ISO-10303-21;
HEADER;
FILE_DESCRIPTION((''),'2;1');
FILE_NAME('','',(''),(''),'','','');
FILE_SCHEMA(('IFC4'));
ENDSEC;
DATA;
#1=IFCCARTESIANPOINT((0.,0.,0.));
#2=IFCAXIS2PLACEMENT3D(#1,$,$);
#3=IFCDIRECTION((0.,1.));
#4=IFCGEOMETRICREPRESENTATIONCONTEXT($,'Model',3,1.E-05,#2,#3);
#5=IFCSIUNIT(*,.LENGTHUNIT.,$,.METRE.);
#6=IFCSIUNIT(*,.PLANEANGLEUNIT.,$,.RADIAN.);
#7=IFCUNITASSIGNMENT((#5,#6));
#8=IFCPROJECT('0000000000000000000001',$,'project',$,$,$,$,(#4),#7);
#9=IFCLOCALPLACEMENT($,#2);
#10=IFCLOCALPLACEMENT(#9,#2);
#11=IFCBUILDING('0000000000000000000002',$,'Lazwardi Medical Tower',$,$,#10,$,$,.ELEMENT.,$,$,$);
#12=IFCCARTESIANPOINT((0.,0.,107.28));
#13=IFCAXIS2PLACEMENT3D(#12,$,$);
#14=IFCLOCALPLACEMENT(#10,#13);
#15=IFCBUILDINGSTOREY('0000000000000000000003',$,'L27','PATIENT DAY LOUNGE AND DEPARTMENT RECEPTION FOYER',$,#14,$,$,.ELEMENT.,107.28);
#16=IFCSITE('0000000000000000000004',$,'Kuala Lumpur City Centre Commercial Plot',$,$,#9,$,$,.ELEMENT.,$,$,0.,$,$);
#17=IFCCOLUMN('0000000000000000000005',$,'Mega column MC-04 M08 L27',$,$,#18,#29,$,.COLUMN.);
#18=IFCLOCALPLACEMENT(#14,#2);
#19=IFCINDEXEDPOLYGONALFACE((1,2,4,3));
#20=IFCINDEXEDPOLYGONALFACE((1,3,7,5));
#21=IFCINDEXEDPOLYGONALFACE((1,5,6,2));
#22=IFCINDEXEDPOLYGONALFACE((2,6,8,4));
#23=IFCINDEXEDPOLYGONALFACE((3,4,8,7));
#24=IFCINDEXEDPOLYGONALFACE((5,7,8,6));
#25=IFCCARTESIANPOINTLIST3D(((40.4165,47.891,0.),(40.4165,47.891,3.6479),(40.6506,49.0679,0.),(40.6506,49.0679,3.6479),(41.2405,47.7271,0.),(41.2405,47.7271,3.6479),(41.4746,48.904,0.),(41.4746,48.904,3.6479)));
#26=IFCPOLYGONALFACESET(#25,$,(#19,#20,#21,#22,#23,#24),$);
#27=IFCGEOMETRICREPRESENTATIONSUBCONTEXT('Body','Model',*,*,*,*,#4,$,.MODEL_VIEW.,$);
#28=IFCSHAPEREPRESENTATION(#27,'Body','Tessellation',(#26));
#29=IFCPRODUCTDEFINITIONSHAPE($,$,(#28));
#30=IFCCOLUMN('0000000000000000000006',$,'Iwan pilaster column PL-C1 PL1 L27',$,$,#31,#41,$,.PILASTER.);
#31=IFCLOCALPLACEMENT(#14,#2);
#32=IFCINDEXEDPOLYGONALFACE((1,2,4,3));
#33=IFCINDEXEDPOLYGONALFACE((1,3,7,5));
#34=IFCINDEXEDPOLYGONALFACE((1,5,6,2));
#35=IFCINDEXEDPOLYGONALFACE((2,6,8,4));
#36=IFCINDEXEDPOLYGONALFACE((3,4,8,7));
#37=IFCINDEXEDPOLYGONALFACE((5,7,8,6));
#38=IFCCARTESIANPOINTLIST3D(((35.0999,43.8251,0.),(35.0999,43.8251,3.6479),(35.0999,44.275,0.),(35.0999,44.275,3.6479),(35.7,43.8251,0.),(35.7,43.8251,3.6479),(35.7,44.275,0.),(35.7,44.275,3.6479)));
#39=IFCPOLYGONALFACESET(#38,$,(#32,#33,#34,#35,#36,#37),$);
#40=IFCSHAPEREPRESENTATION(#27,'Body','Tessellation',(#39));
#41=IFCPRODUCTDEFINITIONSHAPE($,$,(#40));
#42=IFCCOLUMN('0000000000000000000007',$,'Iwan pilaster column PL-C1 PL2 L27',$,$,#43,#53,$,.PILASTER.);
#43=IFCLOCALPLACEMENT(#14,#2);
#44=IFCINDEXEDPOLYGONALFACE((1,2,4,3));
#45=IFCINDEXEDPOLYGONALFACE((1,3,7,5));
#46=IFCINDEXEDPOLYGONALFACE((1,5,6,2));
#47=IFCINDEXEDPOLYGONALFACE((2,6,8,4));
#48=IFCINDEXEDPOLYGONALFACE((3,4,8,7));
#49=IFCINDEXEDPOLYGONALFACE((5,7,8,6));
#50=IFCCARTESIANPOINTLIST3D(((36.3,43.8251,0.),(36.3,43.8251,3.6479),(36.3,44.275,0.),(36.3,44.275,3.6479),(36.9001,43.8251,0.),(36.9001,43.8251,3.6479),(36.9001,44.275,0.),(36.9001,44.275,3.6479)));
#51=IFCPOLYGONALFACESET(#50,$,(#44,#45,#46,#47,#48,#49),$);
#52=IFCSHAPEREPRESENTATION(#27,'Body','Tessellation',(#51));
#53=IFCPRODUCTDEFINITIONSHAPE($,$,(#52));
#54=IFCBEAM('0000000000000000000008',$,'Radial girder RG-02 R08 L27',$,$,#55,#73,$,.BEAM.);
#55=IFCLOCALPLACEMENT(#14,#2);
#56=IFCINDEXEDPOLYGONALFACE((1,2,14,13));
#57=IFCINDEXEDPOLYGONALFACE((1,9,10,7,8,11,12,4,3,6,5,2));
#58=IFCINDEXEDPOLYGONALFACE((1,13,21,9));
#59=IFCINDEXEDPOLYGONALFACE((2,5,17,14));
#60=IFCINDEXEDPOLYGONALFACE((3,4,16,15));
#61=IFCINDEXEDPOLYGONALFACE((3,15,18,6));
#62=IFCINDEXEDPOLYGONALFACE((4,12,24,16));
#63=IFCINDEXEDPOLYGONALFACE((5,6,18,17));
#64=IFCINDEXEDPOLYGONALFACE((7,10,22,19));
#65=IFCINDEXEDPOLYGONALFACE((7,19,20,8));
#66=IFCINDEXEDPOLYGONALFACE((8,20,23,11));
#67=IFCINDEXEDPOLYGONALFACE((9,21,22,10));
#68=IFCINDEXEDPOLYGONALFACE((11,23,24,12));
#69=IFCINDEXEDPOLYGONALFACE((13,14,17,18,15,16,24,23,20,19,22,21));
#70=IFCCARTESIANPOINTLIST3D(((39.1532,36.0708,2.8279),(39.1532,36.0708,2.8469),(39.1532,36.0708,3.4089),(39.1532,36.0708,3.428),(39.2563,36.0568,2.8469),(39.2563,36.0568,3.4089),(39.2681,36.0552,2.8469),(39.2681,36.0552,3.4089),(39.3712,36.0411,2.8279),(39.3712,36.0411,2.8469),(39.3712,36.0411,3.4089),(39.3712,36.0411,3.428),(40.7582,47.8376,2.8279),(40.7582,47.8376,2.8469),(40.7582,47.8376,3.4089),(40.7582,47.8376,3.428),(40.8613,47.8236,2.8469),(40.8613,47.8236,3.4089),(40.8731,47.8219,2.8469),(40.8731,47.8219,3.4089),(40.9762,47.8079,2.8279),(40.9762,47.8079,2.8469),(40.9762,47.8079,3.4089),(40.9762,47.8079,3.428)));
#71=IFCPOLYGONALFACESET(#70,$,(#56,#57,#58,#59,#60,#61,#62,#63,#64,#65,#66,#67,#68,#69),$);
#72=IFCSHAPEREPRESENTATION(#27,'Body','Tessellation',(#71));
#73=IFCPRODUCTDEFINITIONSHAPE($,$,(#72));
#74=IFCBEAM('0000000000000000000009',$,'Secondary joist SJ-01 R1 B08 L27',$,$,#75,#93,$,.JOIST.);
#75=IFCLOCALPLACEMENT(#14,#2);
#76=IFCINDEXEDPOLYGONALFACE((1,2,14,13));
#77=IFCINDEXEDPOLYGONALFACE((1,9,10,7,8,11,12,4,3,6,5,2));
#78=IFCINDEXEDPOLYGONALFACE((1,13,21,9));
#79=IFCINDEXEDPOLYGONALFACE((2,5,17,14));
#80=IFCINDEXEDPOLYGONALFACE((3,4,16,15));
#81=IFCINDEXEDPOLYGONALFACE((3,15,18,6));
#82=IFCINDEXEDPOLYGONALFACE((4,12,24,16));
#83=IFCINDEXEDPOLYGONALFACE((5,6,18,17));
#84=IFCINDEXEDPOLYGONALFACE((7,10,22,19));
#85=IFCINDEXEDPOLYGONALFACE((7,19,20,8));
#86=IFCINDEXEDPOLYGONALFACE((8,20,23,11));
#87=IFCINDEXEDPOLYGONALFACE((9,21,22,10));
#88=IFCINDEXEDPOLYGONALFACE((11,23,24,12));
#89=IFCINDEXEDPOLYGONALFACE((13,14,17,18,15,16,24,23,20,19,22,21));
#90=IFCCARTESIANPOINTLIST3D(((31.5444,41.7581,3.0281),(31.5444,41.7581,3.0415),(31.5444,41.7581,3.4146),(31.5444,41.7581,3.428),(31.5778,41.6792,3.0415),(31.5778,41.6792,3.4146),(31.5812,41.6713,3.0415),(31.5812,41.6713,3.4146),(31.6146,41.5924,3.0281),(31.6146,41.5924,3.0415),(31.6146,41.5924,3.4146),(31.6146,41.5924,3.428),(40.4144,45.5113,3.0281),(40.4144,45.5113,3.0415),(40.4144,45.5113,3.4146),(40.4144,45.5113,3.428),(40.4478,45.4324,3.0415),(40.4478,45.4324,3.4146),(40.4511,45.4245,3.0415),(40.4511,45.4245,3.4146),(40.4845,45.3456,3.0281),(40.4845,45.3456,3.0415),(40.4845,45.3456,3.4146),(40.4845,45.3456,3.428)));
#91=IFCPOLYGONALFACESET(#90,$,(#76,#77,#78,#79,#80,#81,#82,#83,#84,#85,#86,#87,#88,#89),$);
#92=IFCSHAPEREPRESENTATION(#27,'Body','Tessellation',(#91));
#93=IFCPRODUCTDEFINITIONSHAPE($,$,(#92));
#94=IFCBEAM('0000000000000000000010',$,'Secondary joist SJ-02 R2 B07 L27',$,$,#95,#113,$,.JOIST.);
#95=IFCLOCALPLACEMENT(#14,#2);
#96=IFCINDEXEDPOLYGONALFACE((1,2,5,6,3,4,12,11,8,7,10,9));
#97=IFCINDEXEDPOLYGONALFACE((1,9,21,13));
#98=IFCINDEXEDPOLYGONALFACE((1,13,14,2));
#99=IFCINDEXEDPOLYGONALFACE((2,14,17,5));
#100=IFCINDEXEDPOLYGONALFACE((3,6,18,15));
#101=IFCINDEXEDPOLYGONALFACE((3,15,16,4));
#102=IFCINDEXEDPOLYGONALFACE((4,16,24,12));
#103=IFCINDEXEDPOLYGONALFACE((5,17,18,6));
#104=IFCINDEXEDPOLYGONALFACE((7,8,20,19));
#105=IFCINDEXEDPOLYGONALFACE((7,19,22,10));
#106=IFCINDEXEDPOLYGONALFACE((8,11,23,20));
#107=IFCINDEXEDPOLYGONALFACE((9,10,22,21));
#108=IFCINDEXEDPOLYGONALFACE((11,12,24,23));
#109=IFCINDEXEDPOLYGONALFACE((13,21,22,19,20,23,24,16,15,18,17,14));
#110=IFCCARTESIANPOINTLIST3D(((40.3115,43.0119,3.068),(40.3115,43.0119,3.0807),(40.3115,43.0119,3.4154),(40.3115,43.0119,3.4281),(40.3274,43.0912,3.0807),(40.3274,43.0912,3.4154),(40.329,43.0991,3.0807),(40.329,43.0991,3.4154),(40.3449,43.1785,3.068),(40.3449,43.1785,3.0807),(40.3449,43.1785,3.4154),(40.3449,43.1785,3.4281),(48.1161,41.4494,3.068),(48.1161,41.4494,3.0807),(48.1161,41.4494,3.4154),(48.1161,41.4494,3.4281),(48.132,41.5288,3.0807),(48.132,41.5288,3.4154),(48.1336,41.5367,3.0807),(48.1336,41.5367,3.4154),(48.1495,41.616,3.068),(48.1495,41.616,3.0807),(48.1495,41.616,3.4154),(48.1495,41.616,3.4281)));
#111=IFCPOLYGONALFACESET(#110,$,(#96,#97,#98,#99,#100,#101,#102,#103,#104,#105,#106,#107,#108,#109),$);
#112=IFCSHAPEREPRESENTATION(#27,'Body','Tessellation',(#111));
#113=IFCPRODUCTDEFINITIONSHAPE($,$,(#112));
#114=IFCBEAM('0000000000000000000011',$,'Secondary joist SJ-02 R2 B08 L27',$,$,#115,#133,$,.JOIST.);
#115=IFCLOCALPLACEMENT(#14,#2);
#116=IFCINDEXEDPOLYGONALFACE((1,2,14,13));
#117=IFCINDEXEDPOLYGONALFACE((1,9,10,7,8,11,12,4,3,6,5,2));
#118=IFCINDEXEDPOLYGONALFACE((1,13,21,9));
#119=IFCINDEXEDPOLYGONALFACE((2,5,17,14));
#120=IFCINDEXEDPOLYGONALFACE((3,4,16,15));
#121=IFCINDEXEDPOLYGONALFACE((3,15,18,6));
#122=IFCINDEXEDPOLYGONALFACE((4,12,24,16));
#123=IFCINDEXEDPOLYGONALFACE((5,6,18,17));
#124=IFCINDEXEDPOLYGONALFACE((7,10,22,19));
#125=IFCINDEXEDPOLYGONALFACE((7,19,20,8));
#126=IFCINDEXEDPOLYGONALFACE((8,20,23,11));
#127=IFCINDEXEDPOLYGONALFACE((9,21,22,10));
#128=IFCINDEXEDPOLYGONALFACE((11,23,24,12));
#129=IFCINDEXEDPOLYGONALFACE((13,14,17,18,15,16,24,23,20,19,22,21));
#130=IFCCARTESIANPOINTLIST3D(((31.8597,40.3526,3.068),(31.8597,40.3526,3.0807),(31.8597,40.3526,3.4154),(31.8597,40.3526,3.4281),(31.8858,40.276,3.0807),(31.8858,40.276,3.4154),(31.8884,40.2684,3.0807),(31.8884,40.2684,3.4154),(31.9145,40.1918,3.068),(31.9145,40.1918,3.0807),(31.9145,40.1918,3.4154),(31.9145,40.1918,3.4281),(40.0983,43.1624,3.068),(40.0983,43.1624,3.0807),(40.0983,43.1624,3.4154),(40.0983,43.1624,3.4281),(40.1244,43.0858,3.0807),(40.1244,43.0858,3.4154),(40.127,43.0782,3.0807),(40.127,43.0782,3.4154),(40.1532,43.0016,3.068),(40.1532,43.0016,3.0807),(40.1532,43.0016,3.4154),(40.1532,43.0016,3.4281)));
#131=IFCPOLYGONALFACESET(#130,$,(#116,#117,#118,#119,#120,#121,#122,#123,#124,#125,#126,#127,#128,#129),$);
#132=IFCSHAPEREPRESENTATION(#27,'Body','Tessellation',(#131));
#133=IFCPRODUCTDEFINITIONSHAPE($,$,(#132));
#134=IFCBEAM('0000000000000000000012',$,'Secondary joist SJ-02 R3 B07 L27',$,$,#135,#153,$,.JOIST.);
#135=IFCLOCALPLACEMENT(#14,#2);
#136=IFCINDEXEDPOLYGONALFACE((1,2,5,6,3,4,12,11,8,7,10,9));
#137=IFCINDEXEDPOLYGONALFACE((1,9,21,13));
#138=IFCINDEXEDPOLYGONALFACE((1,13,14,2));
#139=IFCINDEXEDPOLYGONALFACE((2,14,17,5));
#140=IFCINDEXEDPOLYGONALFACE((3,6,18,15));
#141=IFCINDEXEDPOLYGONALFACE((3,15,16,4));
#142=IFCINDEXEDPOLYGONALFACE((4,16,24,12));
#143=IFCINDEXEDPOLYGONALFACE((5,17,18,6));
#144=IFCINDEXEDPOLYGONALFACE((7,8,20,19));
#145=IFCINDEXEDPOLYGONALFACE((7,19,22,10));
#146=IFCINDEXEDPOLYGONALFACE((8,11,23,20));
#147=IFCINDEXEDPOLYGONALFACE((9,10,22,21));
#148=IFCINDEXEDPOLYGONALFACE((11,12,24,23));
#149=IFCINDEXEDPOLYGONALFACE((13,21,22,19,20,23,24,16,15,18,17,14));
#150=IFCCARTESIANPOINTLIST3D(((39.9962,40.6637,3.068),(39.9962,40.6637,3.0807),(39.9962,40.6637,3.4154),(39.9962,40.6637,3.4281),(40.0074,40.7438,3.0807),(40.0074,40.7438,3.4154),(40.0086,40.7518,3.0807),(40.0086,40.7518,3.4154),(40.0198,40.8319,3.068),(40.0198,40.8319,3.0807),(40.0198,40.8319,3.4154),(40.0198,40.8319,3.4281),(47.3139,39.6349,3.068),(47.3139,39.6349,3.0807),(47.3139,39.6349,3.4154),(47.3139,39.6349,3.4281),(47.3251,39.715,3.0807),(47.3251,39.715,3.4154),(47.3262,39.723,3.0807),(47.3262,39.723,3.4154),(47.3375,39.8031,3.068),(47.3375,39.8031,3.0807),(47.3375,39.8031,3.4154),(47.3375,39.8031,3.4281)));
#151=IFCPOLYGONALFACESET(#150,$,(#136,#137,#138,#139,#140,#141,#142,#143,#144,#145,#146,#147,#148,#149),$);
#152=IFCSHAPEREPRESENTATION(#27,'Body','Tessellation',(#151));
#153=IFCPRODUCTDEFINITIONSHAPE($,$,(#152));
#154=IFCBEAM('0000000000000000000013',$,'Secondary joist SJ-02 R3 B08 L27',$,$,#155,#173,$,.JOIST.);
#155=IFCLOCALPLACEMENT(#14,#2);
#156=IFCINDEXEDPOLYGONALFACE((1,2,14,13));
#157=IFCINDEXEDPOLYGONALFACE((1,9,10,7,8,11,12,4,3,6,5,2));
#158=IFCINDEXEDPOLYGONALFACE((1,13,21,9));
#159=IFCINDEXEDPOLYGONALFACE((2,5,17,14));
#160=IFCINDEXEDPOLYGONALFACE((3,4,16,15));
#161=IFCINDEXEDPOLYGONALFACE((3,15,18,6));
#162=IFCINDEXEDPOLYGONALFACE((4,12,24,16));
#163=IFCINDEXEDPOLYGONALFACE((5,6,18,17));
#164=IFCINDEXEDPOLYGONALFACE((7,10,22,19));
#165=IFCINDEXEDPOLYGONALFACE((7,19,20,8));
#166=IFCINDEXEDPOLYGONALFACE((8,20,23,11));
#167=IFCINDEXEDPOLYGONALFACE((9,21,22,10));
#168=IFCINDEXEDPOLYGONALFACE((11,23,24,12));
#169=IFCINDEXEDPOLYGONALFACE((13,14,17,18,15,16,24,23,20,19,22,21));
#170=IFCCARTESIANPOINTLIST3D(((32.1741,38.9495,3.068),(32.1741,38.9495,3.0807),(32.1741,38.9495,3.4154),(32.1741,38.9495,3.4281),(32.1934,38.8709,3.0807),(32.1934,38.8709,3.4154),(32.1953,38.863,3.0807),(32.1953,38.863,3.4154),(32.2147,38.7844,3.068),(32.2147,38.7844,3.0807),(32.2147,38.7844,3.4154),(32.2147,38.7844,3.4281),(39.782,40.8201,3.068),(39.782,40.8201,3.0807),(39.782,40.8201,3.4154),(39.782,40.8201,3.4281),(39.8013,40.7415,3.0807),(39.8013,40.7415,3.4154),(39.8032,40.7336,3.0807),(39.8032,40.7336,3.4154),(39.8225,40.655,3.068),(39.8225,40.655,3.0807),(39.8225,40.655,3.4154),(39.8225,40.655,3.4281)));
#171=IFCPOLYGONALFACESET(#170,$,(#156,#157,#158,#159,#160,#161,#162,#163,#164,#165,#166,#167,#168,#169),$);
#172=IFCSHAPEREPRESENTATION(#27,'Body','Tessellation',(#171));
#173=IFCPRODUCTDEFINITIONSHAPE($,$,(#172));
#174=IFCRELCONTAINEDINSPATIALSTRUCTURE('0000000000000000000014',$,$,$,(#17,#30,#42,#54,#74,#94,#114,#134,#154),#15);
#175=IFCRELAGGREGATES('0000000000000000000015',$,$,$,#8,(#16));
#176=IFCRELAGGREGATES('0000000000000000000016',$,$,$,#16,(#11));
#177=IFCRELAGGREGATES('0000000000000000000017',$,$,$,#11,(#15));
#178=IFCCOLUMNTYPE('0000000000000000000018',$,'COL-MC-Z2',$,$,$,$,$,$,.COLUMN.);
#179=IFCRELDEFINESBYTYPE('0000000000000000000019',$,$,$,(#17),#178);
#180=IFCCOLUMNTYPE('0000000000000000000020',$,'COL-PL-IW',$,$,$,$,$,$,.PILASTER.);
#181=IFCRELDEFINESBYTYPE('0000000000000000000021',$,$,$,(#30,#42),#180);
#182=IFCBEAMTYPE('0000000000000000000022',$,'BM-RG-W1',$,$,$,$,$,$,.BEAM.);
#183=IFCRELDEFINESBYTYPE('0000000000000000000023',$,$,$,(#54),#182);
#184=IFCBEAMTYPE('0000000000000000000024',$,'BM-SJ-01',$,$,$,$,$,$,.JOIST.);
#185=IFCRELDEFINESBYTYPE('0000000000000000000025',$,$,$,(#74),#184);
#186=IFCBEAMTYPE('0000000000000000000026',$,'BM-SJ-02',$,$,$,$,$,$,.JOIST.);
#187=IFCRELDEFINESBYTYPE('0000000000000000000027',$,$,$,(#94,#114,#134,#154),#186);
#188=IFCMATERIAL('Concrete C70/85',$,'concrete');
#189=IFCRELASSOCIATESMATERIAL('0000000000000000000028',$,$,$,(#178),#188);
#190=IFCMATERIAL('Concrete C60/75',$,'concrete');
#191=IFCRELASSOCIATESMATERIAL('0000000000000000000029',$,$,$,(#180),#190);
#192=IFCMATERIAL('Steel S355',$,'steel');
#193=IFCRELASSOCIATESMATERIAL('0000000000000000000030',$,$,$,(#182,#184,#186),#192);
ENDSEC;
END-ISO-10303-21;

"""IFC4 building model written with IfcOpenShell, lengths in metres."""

from ifc_helpers import new_model, si_unit, direction, frame, origin, origin_2d, place, context, subcontext, project, spatial, rectangle, i_section, extrude, material, material_profile, profile_set, type_object, element, save


model = new_model("IFC4")

# Units and contexts
model_context = context("Model", 3, precision=1e-05, world=origin(), true_north=direction((0.0, 1.0)))
body_context = subcontext(model_context, "Body", "Model", "MODEL_VIEW")
ifc_project = project(units=[si_unit("LENGTHUNIT", "METRE"), si_unit("PLANEANGLEUNIT", "RADIAN")], contexts=[model_context])

# Site, building, storey
site_placement = place(None, origin())
site = spatial("IfcSite", under=ifc_project, at=site_placement, Name="Kuala Lumpur City Centre Commercial Plot", CompositionType="ELEMENT", RefElevation=0.0)
building_placement = place(site_placement, origin())
building = spatial("IfcBuilding", under=site, at=building_placement, Name="Lazwardi Medical Tower", CompositionType="ELEMENT")
storey_placement = place(building_placement, frame((0.0, 0.0, 107.28)))
storey = spatial("IfcBuildingStorey", under=building, at=storey_placement, Name="L27", Description="PATIENT DAY LOUNGE AND DEPARTMENT RECEPTION FOYER", CompositionType="ELEMENT", Elevation=107.28)

# Columns
ifc_material_1 = material(Name="Concrete C70/85", Category="concrete")
ifc_material_profile_1 = material_profile(ifc_material_1, rectangle(XDim=1.2, YDim=0.8401, at=origin_2d()), Name="CFT-RECT 1200x840")
ifc_profile_set_1 = profile_set([ifc_material_profile_1], Name="Concrete C70/85")
column_type_1 = type_object("IfcColumnType", Name="COL-MC-Z2", PredefinedType="COLUMN", material=ifc_profile_set_1)
column_placement = place(storey_placement, frame((40.9456, 48.3975, 0.0), z_axis=(0.0, 0.0, 1.0), x_axis=(0.19509, 0.980785, 0.0)))
element("IfcColumn", 1, at=column_placement, inside=storey, type_object=column_type_1, Name="Mega column MC-04 M08 L27", PredefinedType="COLUMN", context=body_context, shape_type="SweptSolid", body=[
    extrude(rectangle(XDim=1.2, YDim=0.8401, at=origin_2d()), origin(), (0.0, 0.0, 1.0), 3.6479),
])
ifc_material_2 = material(Name="Concrete C60/75", Category="concrete")
ifc_material_profile_2 = material_profile(ifc_material_2, rectangle(XDim=0.6001, YDim=0.45, at=origin_2d()), Name="RC 600x450")
ifc_profile_set_2 = profile_set([ifc_material_profile_2], Name="Concrete C60/75")
column_type_2 = type_object("IfcColumnType", Name="COL-PL-IW", PredefinedType="PILASTER", material=ifc_profile_set_2)
for number, where, z_axis, x_axis, name in (
    (2, (35.3999, 44.05, 0.0), (0.0, 0.0, 1.0), (1.0, 0.0, 0.0), "Iwan pilaster column PL-C1 PL1 L27"),
    (3, (36.6001, 44.05, 0.0), (0.0, 0.0, 1.0), (1.0, 0.0, 0.0), "Iwan pilaster column PL-C1 PL2 L27"),
):
    element("IfcColumn", number, at=place(storey_placement, frame(where, z_axis=z_axis, x_axis=x_axis)), inside=storey, type_object=column_type_2, Name=name, PredefinedType="PILASTER", context=body_context, shape_type="SweptSolid", body=[
        extrude(rectangle(XDim=0.6001, YDim=0.45, at=origin_2d()), origin(), (0.0, 0.0, 1.0), 3.6479),
    ])

# Beams
ifc_material_3 = material(Name="Steel S355", Category="steel")
ifc_material_profile_3 = material_profile(ifc_material_3, i_section(OverallWidth=0.22, OverallDepth=0.6001, WebThickness=0.012, FlangeThickness=0.019, at=origin_2d()), Name="IPE 600")
ifc_profile_set_3 = profile_set([ifc_material_profile_3], Name="Steel S355")
beam_type_1 = type_object("IfcBeamType", Name="BM-RG-W1", PredefinedType="BEAM", material=ifc_profile_set_3)
beam_1_placement = place(storey_placement, frame((40.8672, 47.8228, 3.1279), z_axis=(-0.135147, -0.990826, 0.0), x_axis=(0.990826, -0.135147, 0.0)))
element("IfcBeam", 4, at=beam_1_placement, inside=storey, type_object=beam_type_1, Name="Radial girder RG-02 R08 L27", PredefinedType="BEAM", context=body_context, shape_type="SweptSolid", body=[
    extrude(i_section(OverallWidth=0.22, OverallDepth=0.6001, WebThickness=0.012, FlangeThickness=0.019, at=origin_2d()), origin(), (0.0, 0.0, 1.0), 11.8757),
])
ifc_material_profile_4 = material_profile(ifc_material_3, i_section(OverallWidth=0.1799, OverallDepth=0.3999, WebThickness=0.0085, FlangeThickness=0.0134, at=origin_2d()), Name="IPE 400")
ifc_profile_set_4 = profile_set([ifc_material_profile_4], Name="Steel S355")
beam_type_2 = type_object("IfcBeamType", Name="BM-SJ-01", PredefinedType="JOIST", material=ifc_profile_set_4)
beam_2_placement = place(storey_placement, frame((40.4495, 45.4285, 3.228), z_axis=(-0.920947, -0.389687, 0.0), x_axis=(0.389687, -0.920947, 0.0)))
element("IfcBeam", 5, at=beam_2_placement, inside=storey, type_object=beam_type_2, Name="Secondary joist SJ-01 R1 B08 L27", PredefinedType="JOIST", context=body_context, shape_type="SweptSolid", body=[
    extrude(i_section(OverallWidth=0.1799, OverallDepth=0.3999, WebThickness=0.0085, FlangeThickness=0.0134, at=origin_2d()), origin(), (0.0, 0.0, 1.0), 9.6313),
])
ifc_material_profile_5 = material_profile(ifc_material_3, i_section(OverallWidth=0.1699, OverallDepth=0.3601, WebThickness=0.0081, FlangeThickness=0.0127, at=origin_2d()), Name="IPE 360")
ifc_profile_set_5 = profile_set([ifc_material_profile_5], Name="Steel S355")
beam_type_3 = type_object("IfcBeamType", Name="BM-SJ-02", PredefinedType="JOIST", material=ifc_profile_set_5)
beam_3_placement = place(storey_placement, frame((48.1328, 41.5327, 3.248), z_axis=(-0.980543, 0.196305, 0.0), x_axis=(-0.196305, -0.980543, 0.0)))
element("IfcBeam", 6, at=beam_3_placement, inside=storey, type_object=beam_type_3, Name="Secondary joist SJ-02 R2 B07 L27", PredefinedType="JOIST", context=body_context, shape_type="SweptSolid", body=[
    extrude(i_section(OverallWidth=0.1699, OverallDepth=0.3601, WebThickness=0.0081, FlangeThickness=0.0127, at=origin_2d()), origin(), (0.0, 0.0, 1.0), 7.9595),
])
beam_4_placement = place(storey_placement, frame((40.1257, 43.082, 3.248), z_axis=(-0.946467, -0.3228, 0.0), x_axis=(0.3228, -0.946467, 0.0)))
element("IfcBeam", 7, at=beam_4_placement, inside=storey, type_object=beam_type_3, Name="Secondary joist SJ-02 R2 B08 L27", PredefinedType="JOIST", context=body_context, shape_type="SweptSolid", body=[
    extrude(i_section(OverallWidth=0.1699, OverallDepth=0.3601, WebThickness=0.0081, FlangeThickness=0.0127, at=origin_2d()), origin(), (0.0, 0.0, 1.0), 8.7046),
])
beam_5_placement = place(storey_placement, frame((47.3257, 39.719, 3.248), z_axis=(-0.990261, 0.139224, 0.0), x_axis=(-0.139224, -0.990261, 0.0)))
element("IfcBeam", 8, at=beam_5_placement, inside=storey, type_object=beam_type_3, Name="Secondary joist SJ-02 R3 B07 L27", PredefinedType="JOIST", context=body_context, shape_type="SweptSolid", body=[
    extrude(i_section(OverallWidth=0.1699, OverallDepth=0.3601, WebThickness=0.0081, FlangeThickness=0.0127, at=origin_2d()), origin(), (0.0, 0.0, 1.0), 7.3896),
])
beam_6_placement = place(storey_placement, frame((39.8022, 40.7375, 3.248), z_axis=(-0.971077, -0.238765, 0.0), x_axis=(0.238765, -0.971077, 0.0)))
element("IfcBeam", 9, at=beam_6_placement, inside=storey, type_object=beam_type_3, Name="Secondary joist SJ-02 R3 B08 L27", PredefinedType="JOIST", context=body_context, shape_type="SweptSolid", body=[
    extrude(i_section(OverallWidth=0.1699, OverallDepth=0.3601, WebThickness=0.0081, FlangeThickness=0.0127, at=origin_2d()), origin(), (0.0, 0.0, 1.0), 7.8345),
])

save(model, "model.ifc")
